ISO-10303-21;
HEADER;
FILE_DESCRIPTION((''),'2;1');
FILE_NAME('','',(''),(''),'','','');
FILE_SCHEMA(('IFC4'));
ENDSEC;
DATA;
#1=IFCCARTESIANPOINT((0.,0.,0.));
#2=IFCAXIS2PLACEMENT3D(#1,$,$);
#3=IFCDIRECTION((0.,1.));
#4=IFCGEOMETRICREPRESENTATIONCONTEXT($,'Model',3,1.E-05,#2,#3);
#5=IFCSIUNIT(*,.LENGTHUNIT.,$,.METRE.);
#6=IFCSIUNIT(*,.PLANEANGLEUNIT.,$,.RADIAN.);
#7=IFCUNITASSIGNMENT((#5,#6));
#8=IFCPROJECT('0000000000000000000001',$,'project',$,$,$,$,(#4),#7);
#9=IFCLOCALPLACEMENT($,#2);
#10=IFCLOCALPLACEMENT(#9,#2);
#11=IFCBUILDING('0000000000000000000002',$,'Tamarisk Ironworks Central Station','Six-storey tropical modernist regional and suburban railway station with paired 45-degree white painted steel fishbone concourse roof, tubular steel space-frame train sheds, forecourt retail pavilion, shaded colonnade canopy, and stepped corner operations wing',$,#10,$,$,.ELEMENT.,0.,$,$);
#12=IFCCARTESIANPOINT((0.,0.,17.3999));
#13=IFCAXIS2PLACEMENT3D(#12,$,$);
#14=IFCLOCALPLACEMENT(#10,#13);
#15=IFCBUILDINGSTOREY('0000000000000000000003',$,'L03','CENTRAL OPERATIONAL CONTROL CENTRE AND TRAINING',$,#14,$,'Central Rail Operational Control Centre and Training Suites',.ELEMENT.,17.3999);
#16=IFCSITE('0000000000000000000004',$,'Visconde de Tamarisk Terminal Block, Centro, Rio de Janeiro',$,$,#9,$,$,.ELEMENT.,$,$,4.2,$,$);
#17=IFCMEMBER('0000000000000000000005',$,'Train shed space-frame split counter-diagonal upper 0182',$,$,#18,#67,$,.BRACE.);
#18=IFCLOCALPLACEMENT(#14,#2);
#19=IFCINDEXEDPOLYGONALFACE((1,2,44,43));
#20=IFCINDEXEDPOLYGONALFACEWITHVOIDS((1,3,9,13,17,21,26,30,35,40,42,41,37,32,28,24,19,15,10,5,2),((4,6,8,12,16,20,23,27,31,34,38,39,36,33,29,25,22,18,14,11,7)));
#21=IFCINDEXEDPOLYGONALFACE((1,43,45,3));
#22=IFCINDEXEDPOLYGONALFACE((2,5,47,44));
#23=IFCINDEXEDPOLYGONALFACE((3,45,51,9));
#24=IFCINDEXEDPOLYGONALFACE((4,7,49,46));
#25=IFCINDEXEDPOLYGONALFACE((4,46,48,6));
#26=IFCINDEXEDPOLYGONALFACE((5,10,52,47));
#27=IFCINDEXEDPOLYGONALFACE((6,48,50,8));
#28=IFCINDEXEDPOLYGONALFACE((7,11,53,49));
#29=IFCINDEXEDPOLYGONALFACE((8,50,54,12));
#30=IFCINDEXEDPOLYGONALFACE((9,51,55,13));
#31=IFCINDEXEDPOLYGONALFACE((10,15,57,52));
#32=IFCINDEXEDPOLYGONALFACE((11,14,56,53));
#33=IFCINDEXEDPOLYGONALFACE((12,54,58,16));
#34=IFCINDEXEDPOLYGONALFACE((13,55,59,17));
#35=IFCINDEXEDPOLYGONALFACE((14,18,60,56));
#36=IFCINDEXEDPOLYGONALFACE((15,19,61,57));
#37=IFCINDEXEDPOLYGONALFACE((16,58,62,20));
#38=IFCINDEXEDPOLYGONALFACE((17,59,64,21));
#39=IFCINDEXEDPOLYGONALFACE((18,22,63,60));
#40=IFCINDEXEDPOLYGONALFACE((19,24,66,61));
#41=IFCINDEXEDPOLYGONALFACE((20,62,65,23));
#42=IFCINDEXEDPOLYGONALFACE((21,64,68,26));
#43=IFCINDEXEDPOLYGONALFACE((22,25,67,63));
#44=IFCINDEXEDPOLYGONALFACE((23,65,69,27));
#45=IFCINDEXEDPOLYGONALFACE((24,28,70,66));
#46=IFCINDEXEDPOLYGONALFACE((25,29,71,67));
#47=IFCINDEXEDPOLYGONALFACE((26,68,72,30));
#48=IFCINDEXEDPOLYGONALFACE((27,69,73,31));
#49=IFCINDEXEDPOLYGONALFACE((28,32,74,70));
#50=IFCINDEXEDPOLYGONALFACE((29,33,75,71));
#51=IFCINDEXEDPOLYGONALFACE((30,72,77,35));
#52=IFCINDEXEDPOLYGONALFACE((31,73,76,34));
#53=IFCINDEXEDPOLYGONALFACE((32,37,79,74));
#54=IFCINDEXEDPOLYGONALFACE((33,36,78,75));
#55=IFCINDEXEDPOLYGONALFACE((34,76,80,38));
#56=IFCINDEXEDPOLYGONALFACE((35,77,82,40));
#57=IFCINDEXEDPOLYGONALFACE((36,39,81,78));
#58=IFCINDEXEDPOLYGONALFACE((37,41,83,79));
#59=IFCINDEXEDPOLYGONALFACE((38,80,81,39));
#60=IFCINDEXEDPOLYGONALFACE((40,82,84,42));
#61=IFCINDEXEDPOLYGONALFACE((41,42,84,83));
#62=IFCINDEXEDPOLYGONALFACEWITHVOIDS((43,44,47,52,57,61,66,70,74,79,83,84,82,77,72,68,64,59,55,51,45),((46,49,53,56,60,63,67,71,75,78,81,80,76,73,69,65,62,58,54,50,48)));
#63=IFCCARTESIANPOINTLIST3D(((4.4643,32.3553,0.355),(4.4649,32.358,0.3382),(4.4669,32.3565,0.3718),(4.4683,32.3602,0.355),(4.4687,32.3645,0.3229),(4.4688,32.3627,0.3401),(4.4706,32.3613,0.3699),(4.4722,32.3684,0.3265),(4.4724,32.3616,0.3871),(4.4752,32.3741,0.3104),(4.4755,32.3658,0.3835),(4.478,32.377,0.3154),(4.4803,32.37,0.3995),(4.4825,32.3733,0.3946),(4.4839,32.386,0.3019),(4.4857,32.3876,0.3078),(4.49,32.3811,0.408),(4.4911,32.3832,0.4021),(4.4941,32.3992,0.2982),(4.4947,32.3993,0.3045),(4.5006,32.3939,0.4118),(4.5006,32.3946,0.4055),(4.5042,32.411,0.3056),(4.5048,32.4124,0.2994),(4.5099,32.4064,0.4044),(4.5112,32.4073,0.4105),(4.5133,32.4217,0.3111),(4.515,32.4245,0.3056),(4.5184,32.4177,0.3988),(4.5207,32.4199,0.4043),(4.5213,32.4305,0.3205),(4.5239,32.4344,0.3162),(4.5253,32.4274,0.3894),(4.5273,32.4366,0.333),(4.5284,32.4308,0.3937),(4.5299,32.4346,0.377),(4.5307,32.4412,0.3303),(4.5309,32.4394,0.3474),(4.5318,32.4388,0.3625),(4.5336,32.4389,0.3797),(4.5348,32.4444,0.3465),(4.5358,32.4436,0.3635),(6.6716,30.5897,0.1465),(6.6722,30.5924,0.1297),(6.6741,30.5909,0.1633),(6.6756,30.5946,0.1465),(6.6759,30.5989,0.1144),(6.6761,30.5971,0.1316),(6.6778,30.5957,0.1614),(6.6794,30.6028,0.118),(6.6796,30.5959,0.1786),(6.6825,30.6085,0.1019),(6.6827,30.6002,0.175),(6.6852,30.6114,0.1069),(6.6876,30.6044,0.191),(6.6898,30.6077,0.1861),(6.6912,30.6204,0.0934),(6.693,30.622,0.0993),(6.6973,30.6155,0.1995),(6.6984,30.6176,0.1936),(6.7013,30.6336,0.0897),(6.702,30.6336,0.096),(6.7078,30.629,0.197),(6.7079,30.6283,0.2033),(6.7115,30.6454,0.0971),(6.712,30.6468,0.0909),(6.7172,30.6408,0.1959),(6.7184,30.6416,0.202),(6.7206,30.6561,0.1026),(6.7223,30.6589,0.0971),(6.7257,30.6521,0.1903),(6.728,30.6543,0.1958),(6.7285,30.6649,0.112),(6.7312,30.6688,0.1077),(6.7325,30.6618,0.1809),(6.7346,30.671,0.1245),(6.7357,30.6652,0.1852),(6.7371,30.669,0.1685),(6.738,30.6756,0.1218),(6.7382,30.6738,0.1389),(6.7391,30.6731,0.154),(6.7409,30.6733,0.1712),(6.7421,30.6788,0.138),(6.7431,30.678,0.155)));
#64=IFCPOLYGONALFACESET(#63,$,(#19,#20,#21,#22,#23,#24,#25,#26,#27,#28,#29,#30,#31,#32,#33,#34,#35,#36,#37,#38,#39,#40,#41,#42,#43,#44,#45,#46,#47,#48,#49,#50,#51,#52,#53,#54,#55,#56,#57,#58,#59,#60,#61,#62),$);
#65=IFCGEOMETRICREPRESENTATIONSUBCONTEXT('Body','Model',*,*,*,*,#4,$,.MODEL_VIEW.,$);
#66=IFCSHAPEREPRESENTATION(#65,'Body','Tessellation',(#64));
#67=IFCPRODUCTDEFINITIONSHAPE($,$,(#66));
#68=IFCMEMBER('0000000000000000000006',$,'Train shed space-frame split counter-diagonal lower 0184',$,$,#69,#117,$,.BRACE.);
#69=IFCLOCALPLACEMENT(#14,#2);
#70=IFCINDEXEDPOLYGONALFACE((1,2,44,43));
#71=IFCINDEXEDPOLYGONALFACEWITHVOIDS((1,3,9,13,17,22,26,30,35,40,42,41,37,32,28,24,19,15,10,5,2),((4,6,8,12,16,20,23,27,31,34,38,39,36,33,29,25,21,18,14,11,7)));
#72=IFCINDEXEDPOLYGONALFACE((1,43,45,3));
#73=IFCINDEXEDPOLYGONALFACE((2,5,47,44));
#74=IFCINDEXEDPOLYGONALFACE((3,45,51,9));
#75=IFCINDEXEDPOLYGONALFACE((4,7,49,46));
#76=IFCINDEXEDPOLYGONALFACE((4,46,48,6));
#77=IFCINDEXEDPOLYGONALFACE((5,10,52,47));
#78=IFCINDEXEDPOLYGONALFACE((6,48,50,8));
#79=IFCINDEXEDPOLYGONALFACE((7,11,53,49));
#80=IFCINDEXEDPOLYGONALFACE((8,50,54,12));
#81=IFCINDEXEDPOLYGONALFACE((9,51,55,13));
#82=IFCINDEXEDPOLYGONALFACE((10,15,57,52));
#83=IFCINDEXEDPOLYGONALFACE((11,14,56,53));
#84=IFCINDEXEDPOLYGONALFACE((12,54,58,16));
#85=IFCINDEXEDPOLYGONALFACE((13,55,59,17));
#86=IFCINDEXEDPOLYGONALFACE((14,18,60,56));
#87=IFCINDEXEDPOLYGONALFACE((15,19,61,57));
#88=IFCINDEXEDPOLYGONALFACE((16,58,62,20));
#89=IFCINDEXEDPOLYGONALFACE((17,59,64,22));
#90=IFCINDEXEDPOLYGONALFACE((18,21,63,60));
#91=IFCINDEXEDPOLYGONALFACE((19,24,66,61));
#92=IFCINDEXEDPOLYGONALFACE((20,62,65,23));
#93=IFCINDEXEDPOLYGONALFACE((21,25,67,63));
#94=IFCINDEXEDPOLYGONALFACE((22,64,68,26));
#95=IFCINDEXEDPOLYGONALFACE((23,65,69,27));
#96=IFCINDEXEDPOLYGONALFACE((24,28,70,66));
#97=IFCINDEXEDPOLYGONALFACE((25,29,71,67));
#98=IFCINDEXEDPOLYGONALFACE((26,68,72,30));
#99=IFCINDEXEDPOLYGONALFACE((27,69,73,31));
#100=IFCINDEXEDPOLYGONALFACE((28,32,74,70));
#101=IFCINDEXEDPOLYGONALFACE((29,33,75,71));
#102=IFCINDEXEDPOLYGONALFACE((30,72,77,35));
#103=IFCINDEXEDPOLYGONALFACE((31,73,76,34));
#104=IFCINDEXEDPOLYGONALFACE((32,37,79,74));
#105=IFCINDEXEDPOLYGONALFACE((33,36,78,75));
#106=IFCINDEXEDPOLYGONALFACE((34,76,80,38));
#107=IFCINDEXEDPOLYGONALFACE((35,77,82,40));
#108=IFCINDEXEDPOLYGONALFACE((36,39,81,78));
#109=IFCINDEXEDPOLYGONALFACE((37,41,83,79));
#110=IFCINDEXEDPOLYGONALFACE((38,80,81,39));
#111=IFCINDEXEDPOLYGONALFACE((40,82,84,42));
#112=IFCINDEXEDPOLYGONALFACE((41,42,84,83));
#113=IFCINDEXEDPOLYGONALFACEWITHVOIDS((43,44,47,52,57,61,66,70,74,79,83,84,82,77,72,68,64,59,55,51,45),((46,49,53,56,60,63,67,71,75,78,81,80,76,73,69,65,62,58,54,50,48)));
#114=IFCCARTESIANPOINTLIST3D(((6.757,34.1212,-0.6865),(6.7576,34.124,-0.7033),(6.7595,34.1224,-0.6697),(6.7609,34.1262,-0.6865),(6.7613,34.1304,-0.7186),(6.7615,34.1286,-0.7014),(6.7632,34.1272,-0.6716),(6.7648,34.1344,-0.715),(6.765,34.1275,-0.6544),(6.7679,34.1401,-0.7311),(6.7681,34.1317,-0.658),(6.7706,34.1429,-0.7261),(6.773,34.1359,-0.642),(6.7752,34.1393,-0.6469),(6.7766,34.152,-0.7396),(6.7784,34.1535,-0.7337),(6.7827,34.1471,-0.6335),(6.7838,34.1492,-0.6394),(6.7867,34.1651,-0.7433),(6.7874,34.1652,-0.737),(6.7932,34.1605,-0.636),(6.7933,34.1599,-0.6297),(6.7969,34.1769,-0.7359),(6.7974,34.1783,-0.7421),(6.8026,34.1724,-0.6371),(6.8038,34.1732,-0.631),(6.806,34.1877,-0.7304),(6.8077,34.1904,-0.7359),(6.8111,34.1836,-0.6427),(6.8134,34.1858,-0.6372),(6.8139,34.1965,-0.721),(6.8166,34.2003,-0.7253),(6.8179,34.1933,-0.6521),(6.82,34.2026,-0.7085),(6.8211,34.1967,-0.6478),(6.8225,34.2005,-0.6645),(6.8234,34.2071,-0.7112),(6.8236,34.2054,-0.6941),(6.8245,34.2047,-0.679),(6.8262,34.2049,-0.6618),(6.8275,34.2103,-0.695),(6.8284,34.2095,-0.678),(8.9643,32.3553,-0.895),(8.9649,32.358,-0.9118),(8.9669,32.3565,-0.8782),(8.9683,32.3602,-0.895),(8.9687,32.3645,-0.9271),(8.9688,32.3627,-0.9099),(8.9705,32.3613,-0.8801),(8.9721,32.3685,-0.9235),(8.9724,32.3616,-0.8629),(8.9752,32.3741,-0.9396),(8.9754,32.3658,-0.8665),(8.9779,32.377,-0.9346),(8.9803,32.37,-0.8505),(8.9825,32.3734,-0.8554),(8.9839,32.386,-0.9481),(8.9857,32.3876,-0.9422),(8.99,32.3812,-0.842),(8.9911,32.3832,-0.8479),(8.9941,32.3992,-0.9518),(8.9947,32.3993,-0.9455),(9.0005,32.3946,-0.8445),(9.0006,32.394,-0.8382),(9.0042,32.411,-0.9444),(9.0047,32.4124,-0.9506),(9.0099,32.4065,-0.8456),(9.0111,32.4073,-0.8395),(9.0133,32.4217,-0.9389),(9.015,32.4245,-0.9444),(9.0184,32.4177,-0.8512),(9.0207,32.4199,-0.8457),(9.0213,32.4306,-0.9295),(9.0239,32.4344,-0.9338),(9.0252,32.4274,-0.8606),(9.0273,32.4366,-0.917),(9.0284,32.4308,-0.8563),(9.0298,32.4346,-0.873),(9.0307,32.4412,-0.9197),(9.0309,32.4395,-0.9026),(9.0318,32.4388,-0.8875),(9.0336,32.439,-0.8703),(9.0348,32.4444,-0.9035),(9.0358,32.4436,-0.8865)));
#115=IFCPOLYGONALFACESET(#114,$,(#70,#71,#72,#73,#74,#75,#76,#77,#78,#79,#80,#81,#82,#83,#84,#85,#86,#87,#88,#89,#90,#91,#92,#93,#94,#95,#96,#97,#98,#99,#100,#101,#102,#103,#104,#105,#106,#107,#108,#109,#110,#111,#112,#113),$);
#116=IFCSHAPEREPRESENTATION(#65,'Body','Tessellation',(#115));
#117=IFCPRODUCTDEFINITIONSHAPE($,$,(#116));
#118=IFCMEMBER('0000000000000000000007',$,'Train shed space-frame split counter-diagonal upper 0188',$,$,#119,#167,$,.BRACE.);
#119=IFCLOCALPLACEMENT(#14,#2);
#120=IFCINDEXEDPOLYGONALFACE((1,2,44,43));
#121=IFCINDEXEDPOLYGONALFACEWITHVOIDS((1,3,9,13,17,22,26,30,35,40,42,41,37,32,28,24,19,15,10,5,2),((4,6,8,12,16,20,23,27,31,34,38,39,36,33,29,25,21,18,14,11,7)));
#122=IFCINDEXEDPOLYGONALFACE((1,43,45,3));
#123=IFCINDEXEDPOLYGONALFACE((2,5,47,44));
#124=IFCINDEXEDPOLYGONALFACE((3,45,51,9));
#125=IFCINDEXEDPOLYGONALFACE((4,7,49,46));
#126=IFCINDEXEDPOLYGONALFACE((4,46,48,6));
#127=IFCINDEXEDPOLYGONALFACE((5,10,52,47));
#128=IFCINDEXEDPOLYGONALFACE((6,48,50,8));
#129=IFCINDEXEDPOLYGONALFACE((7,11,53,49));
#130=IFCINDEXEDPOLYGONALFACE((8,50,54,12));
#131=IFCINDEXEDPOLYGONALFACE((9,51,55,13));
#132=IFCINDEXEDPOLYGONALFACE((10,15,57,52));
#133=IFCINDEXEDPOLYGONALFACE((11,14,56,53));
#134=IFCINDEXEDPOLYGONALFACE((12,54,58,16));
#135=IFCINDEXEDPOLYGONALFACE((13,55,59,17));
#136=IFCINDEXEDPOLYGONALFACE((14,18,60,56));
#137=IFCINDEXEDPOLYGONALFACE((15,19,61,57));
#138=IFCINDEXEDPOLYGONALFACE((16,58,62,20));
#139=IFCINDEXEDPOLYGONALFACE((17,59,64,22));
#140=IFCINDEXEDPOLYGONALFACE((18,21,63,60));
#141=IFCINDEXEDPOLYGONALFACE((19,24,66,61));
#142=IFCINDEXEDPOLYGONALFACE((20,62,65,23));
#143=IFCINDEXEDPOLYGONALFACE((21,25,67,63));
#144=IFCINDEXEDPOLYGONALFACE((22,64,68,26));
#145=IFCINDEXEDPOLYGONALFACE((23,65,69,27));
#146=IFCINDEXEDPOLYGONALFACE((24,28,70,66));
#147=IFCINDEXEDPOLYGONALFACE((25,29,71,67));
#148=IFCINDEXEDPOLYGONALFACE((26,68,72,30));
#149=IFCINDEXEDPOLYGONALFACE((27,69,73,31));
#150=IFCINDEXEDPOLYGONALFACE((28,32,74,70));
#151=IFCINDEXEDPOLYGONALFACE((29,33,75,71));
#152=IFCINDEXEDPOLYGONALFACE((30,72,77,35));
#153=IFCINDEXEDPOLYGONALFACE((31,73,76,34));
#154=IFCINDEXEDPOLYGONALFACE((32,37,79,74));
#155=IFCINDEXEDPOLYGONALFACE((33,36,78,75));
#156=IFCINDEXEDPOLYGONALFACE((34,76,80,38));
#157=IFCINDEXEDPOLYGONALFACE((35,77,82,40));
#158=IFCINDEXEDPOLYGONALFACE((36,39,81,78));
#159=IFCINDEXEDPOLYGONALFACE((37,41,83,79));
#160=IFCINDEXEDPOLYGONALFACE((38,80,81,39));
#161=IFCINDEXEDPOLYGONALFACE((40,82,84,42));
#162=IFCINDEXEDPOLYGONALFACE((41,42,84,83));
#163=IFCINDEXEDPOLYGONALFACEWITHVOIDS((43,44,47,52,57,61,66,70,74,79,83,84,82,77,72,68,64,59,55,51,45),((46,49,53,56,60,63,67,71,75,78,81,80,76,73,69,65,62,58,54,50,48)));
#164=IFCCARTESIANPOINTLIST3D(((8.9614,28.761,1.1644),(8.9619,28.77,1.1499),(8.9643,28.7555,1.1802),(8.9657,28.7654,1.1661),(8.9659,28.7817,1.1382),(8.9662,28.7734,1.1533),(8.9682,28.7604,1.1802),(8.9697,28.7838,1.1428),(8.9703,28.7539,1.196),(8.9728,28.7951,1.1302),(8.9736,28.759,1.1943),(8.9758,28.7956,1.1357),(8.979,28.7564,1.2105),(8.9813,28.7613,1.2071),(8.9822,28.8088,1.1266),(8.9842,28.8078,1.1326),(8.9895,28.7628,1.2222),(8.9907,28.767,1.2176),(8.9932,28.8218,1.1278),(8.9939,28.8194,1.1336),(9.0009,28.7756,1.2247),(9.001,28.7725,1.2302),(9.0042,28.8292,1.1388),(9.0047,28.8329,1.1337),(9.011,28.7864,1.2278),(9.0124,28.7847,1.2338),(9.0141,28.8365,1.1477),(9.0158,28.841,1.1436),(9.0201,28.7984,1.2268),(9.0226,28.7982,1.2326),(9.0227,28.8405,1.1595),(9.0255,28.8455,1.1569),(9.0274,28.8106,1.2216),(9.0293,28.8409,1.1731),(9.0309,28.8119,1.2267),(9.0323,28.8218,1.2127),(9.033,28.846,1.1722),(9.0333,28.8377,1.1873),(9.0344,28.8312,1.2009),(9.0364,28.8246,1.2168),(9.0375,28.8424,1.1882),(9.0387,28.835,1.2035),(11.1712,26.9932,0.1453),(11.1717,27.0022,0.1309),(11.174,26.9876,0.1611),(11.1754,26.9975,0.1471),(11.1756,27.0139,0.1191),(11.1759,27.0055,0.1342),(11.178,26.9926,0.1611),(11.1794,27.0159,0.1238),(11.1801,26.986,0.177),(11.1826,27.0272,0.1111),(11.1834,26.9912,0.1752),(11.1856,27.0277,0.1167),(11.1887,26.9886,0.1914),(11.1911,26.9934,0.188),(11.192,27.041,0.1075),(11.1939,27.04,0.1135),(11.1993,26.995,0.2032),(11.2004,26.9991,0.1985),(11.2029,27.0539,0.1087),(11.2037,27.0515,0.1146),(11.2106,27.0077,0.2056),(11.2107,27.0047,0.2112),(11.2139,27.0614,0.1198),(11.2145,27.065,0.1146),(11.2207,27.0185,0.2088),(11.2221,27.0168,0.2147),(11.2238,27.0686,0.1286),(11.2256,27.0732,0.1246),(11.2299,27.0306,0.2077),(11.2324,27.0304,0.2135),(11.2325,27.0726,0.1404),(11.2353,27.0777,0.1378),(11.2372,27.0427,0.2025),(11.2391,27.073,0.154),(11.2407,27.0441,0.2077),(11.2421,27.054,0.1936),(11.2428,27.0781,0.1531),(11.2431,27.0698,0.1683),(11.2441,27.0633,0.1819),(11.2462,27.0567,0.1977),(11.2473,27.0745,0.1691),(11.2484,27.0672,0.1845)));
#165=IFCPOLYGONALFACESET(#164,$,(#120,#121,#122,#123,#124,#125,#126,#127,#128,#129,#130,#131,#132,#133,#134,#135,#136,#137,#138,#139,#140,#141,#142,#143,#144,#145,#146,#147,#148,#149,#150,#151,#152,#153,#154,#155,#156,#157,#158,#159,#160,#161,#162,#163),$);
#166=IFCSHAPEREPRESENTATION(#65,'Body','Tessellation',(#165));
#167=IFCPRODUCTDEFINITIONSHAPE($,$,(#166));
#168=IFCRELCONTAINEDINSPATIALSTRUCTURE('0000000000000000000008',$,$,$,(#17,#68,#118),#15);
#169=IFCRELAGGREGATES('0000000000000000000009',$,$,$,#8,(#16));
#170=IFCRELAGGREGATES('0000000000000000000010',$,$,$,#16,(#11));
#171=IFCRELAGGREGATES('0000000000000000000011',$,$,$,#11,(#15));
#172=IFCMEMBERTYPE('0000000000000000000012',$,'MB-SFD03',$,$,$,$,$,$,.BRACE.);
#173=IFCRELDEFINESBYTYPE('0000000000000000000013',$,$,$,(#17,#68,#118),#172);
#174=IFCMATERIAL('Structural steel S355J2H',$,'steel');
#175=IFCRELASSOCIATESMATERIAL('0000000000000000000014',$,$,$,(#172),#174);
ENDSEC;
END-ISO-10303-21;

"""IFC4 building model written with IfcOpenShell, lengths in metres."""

from ifc_helpers import new_model, si_unit, direction, frame, origin, origin_2d, place, context, subcontext, project, spatial, hollow_circle, extrude, material, material_profile, profile_set, type_object, element, save


model = new_model("IFC4")

# Units and contexts
model_context = context("Model", 3, precision=1e-05, world=origin(), true_north=direction((0.0, 1.0)))
body_context = subcontext(model_context, "Body", "Model", "MODEL_VIEW")
ifc_project = project(units=[si_unit("LENGTHUNIT", "METRE"), si_unit("PLANEANGLEUNIT", "RADIAN")], contexts=[model_context])

# Site, building, storey
site_placement = place(None, origin())
site = spatial("IfcSite", under=ifc_project, at=site_placement, Name="Visconde de Tamarisk Terminal Block, Centro, Rio de Janeiro", CompositionType="ELEMENT", RefElevation=4.2)
building_placement = place(site_placement, origin())
building = spatial("IfcBuilding", under=site, at=building_placement, Name="Tamarisk Ironworks Central Station", Description="Six-storey tropical modernist regional and suburban railway station with paired 45-degree white painted steel fishbone concourse roof, tubular steel space-frame train sheds, forecourt retail pavilion, shaded colonnade canopy, and stepped corner operations wing", CompositionType="ELEMENT", ElevationOfRefHeight=0.0)
storey_placement = place(building_placement, frame((0.0, 0.0, 17.3999)))
storey = spatial("IfcBuildingStorey", under=building, at=storey_placement, Name="L03", Description="CENTRAL OPERATIONAL CONTROL CENTRE AND TRAINING", LongName="Central Rail Operational Control Centre and Training Suites", CompositionType="ELEMENT", Elevation=17.3999)

# Members
ifc_material = material(Name="Structural steel S355J2H", Category="steel")
ifc_material_profile_1 = material_profile(ifc_material, hollow_circle(Radius=0.0571, WallThickness=0.0063, at=origin_2d()), Name="CHS 114.3x6.3")
ifc_profile_set_1 = profile_set([ifc_material_profile_1], Name="Structural steel S355J2H")
member_type_1 = type_object("IfcMemberType", Name="MB-SFD03", PredefinedType="BRACE", material=ifc_profile_set_1)
for number, where, z_axis, x_axis, name in (
    (1, (6.7073, 30.6343, 0.1465), (-0.778787, 0.62296, 0.073563), (-0.624653, -0.780903, 0.0), "Train shed space-frame split counter-diagonal upper 0182"),
):
    element("IfcMember", number, at=place(storey_placement, frame(where, z_axis=z_axis, x_axis=x_axis)), inside=storey, type_object=member_type_1, Name=name, PredefinedType="BRACE", context=body_context, shape_type="SweptSolid", body=[
        extrude(hollow_circle(Radius=0.0571, WallThickness=0.0063, at=origin_2d()), origin(), (0.0, 0.0, 1.0), 2.8342),
    ])
member_1_placement = place(storey_placement, frame((9.0, 32.3999, -0.895), z_axis=(-0.778745, 0.623013, 0.073559), x_axis=(-0.624706, -0.78086, 0.0)))
element("IfcMember", 2, at=member_1_placement, inside=storey, type_object=member_type_1, Name="Train shed space-frame split counter-diagonal lower 0184", PredefinedType="BRACE", context=body_context, shape_type="SweptSolid", body=[
    extrude(hollow_circle(Radius=0.0571, WallThickness=0.0063, at=origin_2d()), origin(), (0.0, 0.0, 1.0), 2.8345),
])
member_2_placement = place(storey_placement, frame((11.2097, 27.0322, 0.1611), z_axis=(-0.734677, 0.587758, 0.338807), x_axis=(-0.624706, -0.78086, 0.0)))
element("IfcMember", 3, at=member_2_placement, inside=storey, type_object=member_type_1, Name="Train shed space-frame split counter-diagonal upper 0188", PredefinedType="BRACE", context=body_context, shape_type="SweptSolid", body=[
    extrude(hollow_circle(Radius=0.0571, WallThickness=0.0063, at=origin_2d()), origin(), (0.0, 0.0, 1.0), 3.0078),
])

save(model, "model.ifc")
